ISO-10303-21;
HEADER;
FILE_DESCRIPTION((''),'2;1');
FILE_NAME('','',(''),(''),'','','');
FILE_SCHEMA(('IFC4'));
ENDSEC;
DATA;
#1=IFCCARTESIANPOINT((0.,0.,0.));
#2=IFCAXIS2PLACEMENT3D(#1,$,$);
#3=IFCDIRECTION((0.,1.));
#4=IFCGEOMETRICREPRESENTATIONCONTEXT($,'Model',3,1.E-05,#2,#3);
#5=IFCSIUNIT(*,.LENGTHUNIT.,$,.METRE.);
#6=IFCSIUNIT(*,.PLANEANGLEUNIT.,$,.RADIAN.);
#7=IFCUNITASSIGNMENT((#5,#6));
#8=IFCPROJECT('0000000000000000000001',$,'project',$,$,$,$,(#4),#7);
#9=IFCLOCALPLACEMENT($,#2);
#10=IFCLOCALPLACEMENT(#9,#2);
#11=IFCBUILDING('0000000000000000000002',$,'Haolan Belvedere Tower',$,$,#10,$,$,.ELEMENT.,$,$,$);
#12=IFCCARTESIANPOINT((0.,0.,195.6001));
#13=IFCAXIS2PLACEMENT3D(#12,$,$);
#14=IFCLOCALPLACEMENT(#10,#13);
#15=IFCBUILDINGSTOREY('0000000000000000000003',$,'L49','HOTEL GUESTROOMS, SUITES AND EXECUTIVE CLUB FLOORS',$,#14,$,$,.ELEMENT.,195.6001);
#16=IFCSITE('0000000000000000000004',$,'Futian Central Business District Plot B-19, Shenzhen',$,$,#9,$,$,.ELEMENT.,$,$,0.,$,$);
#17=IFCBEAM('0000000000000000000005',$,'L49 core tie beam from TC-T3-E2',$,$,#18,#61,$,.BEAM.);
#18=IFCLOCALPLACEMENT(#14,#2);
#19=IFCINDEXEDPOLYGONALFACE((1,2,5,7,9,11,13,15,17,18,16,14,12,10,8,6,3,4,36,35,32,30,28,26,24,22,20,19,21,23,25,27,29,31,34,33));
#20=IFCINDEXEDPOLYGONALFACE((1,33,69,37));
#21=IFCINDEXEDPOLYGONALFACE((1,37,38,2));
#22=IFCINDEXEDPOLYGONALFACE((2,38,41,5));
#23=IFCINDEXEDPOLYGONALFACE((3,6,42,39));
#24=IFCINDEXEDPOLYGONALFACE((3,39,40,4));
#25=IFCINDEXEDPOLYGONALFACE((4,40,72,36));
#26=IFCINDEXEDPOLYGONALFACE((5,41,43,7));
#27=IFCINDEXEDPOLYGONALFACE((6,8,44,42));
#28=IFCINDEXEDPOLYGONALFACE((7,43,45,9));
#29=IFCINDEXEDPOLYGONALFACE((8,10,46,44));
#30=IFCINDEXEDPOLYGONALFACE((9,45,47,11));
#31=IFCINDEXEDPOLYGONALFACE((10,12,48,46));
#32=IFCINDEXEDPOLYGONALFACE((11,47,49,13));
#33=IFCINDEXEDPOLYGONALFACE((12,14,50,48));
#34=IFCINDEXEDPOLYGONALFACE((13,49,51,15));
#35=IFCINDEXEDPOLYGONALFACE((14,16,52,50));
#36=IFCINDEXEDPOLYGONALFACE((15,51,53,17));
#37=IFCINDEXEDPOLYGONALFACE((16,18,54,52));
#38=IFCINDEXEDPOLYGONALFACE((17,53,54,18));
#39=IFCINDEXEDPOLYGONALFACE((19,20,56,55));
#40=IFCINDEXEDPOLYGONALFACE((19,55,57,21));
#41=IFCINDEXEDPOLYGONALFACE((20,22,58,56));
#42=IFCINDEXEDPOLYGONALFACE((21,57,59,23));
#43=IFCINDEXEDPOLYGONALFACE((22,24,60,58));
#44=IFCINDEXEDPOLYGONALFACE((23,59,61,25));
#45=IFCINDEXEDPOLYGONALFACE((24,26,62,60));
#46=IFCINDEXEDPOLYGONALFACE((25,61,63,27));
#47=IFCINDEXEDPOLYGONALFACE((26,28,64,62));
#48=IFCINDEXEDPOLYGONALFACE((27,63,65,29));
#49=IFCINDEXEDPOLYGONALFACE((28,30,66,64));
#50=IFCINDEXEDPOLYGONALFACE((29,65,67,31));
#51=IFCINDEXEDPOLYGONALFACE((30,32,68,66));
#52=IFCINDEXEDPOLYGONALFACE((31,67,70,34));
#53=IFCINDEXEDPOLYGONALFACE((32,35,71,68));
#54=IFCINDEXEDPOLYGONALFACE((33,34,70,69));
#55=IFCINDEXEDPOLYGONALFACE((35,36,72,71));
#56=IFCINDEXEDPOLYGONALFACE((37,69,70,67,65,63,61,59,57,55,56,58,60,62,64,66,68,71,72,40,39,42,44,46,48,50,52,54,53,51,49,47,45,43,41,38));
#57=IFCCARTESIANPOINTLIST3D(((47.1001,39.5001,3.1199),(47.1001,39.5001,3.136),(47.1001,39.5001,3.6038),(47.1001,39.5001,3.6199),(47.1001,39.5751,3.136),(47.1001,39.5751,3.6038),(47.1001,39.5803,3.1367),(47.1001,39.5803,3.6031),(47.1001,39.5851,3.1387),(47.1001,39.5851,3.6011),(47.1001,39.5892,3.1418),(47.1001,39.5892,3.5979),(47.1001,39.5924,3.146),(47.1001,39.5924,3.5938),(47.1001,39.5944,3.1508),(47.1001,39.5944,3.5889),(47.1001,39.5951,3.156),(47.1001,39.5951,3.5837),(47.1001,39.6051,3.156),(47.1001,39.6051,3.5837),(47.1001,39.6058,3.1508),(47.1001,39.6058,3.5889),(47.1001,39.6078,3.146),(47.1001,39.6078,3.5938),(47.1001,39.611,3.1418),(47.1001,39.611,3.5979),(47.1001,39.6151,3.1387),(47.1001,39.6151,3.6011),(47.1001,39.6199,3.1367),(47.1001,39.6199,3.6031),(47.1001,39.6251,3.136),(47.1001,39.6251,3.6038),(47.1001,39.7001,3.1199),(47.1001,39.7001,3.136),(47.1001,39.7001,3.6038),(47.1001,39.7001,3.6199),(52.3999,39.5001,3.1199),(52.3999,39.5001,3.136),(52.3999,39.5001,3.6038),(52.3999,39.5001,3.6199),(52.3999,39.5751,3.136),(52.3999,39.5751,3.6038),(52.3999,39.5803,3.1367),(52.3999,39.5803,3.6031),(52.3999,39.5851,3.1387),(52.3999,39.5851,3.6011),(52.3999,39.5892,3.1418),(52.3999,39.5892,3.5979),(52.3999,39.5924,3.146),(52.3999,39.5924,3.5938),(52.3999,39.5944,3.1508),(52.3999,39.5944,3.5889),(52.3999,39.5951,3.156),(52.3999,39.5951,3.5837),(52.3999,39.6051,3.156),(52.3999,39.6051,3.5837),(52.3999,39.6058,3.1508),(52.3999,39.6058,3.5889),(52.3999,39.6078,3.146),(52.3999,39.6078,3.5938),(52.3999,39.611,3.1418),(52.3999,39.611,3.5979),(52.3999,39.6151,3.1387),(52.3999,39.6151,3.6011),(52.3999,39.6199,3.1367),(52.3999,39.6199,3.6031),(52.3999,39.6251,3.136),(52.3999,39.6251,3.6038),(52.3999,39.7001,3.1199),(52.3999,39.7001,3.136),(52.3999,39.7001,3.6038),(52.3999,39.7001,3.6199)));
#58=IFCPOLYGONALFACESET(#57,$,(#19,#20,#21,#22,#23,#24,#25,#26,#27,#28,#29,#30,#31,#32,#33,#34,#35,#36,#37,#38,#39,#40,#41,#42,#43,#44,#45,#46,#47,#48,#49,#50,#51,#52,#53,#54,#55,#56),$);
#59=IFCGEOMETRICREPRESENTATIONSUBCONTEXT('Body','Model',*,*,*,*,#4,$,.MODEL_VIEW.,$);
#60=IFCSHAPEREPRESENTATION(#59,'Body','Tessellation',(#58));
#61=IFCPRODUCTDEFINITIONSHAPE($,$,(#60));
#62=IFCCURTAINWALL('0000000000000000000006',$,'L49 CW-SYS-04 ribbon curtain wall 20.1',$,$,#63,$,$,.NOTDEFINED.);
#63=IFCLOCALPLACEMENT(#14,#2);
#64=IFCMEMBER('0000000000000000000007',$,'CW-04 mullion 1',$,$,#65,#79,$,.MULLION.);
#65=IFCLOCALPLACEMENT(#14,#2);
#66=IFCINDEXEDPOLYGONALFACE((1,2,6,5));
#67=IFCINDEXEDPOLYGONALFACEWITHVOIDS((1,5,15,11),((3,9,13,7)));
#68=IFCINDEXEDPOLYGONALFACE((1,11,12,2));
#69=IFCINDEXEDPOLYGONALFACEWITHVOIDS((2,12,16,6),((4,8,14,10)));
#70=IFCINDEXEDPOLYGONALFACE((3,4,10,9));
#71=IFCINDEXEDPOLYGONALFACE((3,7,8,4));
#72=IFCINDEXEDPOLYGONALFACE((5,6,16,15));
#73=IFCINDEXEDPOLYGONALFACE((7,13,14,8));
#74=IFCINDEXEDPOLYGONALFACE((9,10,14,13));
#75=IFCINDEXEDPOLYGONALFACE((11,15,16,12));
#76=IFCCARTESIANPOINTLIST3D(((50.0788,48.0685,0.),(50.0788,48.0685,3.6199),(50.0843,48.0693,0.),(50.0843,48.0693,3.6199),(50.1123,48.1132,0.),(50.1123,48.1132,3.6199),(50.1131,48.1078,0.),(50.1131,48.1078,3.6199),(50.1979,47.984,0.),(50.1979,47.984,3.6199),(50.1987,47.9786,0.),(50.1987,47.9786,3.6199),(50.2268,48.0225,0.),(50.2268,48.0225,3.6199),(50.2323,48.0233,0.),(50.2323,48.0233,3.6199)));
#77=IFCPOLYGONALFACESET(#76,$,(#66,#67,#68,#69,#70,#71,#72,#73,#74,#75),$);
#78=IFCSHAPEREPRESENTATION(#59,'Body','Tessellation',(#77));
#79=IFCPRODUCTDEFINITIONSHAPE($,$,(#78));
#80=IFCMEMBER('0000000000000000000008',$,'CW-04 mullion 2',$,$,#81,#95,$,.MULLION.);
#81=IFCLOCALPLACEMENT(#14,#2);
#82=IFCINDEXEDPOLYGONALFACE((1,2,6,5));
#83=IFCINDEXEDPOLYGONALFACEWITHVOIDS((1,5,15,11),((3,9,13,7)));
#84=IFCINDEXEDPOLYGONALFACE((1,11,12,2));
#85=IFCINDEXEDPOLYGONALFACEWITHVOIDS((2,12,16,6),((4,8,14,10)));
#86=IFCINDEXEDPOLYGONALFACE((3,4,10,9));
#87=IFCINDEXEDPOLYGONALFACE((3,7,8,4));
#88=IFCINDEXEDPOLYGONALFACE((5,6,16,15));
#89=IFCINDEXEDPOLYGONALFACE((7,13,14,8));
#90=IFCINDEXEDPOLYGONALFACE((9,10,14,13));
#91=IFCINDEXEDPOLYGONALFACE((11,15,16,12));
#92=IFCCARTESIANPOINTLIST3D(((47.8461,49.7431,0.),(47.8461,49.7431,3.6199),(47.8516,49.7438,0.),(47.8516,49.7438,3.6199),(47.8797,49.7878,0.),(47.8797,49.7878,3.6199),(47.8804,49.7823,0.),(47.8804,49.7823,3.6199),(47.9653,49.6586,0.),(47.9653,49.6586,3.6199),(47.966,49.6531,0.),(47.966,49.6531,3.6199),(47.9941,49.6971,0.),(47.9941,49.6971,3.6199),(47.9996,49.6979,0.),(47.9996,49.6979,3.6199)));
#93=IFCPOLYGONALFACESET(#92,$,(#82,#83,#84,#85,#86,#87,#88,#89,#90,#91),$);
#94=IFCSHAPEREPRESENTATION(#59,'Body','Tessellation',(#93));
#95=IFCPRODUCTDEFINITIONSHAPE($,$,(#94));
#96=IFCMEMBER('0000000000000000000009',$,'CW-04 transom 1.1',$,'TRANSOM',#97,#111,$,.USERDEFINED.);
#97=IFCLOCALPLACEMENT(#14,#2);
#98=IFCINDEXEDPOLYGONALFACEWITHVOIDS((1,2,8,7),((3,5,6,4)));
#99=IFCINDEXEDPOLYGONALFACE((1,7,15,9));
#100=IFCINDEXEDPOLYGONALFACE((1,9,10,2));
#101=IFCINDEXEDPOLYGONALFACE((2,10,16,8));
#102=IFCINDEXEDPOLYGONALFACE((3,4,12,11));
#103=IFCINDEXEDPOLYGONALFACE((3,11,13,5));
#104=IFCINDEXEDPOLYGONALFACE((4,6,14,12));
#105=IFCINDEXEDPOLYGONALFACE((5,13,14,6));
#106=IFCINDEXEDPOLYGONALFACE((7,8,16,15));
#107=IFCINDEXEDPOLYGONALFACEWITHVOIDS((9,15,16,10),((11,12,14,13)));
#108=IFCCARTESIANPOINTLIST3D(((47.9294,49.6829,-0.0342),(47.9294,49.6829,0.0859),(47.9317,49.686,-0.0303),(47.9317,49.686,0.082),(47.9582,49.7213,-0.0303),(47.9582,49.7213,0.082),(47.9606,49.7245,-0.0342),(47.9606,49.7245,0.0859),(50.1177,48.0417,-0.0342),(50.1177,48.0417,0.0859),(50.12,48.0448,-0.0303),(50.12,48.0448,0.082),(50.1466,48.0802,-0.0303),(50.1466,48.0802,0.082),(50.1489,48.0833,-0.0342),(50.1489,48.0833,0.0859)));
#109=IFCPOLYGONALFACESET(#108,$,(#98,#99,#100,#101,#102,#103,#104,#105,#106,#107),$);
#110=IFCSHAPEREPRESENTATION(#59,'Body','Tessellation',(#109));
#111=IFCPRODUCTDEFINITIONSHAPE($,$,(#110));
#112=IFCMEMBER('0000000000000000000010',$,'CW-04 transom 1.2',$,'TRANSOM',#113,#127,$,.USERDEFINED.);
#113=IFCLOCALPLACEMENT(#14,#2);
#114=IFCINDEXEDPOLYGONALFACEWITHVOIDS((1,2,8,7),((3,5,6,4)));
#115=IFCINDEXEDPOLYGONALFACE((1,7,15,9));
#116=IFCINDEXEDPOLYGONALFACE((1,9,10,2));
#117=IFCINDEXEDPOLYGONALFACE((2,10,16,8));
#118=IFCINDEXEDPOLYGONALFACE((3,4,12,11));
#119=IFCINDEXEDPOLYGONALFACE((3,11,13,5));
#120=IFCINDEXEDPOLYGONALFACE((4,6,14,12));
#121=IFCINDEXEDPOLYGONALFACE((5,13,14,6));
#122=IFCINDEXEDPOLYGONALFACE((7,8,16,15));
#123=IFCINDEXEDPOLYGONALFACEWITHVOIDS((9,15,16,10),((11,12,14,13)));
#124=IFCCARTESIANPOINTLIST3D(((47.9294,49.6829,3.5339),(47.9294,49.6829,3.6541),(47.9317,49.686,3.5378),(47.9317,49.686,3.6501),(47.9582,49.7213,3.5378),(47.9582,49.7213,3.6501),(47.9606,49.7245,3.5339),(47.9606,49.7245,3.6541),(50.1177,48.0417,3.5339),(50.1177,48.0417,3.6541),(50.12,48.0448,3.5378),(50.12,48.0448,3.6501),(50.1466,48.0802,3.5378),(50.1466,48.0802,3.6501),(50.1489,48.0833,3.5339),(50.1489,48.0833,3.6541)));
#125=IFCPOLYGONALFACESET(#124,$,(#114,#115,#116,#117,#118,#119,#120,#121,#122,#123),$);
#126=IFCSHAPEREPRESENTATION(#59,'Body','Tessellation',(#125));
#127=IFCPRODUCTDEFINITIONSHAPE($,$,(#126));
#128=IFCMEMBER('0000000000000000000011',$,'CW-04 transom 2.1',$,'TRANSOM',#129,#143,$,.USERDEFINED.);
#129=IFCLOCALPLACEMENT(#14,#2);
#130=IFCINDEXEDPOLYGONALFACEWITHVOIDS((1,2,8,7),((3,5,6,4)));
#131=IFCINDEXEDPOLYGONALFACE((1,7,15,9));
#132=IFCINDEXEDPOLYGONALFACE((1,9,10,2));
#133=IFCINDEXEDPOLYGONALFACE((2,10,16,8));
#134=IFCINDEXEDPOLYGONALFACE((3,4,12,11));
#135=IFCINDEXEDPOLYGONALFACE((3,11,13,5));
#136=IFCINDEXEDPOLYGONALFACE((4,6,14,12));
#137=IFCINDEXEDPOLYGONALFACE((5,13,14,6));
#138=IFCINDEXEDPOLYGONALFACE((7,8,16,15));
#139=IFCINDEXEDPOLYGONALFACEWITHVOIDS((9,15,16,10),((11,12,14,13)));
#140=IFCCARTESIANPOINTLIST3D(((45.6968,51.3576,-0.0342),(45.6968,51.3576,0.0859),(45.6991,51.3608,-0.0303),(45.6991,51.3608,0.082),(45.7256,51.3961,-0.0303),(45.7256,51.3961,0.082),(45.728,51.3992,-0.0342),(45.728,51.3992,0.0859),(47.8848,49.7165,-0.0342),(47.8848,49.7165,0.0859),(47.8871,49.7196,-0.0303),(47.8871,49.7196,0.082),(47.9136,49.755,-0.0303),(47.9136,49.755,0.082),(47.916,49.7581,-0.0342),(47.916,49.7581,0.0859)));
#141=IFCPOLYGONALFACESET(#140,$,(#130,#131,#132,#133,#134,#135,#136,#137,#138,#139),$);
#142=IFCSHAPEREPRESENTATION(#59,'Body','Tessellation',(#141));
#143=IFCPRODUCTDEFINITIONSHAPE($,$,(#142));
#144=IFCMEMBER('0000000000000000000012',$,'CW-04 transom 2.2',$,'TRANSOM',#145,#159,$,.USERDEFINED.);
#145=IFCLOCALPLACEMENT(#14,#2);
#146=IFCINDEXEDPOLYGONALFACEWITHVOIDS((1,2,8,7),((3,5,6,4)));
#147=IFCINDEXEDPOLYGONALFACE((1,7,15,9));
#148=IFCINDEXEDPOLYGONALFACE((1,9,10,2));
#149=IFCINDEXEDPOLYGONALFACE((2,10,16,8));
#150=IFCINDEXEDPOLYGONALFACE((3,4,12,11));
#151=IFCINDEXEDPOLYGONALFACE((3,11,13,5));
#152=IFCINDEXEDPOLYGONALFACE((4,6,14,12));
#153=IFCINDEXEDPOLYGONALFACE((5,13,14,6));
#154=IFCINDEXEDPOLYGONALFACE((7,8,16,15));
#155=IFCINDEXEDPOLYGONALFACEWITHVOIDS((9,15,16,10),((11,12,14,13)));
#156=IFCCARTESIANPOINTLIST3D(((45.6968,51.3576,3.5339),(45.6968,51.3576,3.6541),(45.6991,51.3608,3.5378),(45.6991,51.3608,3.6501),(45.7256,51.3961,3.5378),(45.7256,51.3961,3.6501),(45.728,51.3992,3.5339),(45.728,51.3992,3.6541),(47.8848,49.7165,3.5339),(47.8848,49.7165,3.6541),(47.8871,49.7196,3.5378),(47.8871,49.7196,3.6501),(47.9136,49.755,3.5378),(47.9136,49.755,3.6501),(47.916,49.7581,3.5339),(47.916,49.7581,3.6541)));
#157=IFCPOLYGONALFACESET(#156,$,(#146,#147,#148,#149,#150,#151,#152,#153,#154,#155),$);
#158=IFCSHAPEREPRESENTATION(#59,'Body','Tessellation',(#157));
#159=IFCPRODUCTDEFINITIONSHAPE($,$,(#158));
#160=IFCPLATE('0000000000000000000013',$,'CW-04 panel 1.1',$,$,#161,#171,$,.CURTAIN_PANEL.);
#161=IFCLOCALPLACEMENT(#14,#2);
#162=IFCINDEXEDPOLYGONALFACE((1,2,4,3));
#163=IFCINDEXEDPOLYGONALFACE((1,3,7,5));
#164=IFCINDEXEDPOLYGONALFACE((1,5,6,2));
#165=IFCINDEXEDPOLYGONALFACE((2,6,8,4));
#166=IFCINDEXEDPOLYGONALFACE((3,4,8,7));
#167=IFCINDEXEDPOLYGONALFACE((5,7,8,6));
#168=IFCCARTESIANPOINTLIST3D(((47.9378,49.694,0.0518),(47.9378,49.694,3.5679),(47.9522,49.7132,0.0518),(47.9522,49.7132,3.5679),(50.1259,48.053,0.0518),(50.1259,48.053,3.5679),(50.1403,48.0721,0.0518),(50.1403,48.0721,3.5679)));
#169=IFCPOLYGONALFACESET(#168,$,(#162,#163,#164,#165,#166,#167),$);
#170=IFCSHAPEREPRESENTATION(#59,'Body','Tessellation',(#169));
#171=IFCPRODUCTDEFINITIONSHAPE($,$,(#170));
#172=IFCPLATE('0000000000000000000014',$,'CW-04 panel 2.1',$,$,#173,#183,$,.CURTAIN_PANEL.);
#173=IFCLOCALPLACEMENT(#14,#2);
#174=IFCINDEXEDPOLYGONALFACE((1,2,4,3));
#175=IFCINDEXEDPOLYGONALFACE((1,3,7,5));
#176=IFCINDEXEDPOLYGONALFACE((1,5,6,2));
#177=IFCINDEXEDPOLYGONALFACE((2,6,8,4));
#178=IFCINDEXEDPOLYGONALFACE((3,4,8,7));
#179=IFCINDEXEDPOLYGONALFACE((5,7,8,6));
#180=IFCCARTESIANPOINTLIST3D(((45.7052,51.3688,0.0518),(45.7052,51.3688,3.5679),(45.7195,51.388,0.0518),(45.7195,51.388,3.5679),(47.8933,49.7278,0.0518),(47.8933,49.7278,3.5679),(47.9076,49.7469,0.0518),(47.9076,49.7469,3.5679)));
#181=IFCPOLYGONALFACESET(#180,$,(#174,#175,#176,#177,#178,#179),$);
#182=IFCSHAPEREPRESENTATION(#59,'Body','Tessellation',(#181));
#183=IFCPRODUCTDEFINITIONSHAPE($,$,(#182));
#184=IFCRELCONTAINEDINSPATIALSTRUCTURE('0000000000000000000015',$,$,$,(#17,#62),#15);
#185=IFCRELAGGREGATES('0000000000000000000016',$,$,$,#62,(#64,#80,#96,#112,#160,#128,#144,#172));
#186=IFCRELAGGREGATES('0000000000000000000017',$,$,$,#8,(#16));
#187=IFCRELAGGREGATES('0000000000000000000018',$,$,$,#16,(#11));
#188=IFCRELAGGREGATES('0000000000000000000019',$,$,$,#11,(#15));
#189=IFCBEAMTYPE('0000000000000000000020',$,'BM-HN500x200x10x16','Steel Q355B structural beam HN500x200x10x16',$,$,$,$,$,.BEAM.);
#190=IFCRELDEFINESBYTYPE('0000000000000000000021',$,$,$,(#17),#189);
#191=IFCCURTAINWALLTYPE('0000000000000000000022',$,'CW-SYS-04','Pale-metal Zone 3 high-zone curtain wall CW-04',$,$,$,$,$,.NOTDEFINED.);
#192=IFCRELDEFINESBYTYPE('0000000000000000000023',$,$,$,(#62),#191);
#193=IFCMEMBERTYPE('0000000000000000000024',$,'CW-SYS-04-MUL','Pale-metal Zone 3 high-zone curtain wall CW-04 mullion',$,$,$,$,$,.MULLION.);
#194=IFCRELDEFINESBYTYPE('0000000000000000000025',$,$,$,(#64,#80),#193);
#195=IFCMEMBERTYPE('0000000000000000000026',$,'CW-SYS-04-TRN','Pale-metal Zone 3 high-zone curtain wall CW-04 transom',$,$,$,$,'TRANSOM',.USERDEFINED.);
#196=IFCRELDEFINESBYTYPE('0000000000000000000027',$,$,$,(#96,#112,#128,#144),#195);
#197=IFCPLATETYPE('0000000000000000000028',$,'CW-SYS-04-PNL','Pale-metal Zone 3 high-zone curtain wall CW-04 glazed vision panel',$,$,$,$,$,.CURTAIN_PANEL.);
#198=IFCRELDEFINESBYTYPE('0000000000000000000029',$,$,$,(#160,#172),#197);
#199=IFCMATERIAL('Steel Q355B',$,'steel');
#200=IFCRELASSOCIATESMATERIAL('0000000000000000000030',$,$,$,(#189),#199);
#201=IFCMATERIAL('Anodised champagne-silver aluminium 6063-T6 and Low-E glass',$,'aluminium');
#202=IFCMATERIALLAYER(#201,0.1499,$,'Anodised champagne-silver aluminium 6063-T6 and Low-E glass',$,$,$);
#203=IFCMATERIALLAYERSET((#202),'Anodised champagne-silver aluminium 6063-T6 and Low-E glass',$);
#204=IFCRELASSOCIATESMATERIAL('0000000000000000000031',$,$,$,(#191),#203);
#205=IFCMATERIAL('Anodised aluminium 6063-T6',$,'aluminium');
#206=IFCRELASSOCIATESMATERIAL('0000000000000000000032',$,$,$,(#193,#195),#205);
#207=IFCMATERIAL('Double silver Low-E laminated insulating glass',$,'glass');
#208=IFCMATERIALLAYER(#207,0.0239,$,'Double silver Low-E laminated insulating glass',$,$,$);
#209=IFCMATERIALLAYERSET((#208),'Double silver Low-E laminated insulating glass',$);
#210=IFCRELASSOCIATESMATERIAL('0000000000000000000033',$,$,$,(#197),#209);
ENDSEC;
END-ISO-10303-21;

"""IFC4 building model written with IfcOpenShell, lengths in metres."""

from ifc_helpers import new_model, si_unit, direction, frame, origin, origin_2d, place, context, subcontext, project, spatial, rectangle, hollow_rectangle, i_section, extrude, material, layer, layer_set, material_profile, profile_set, type_object, element, aggregate, save


model = new_model("IFC4")

# Units and contexts
model_context = context("Model", 3, precision=1e-05, world=origin(), true_north=direction((0.0, 1.0)))
body_context = subcontext(model_context, "Body", "Model", "MODEL_VIEW")
ifc_project = project(units=[si_unit("LENGTHUNIT", "METRE"), si_unit("PLANEANGLEUNIT", "RADIAN")], contexts=[model_context])

# Site, building, storey
site_placement = place(None, origin())
site = spatial("IfcSite", under=ifc_project, at=site_placement, Name="Futian Central Business District Plot B-19, Shenzhen", CompositionType="ELEMENT", RefElevation=0.0)
building_placement = place(site_placement, origin())
building = spatial("IfcBuilding", under=site, at=building_placement, Name="Haolan Belvedere Tower", CompositionType="ELEMENT")
storey_placement = place(building_placement, frame((0.0, 0.0, 195.6001)))
storey = spatial("IfcBuildingStorey", under=building, at=storey_placement, Name="L49", Description="HOTEL GUESTROOMS, SUITES AND EXECUTIVE CLUB FLOORS", CompositionType="ELEMENT", Elevation=195.6001)

# Beam
ifc_material_1 = material(Name="Steel Q355B", Category="steel")
ifc_material_profile_1 = material_profile(ifc_material_1, i_section(OverallWidth=0.2, OverallDepth=0.5, WebThickness=0.01, FlangeThickness=0.0161, FilletRadius=0.02, at=origin_2d()), Name="Steel Q355B")
ifc_profile_set_1 = profile_set([ifc_material_profile_1], Name="Steel Q355B")
beam_type = type_object("IfcBeamType", Name="BM-HN500x200x10x16", Description="Steel Q355B structural beam HN500x200x10x16", PredefinedType="BEAM", material=ifc_profile_set_1)
beam_placement = place(storey_placement, frame((52.3999, 39.6001, 3.3699), z_axis=(-1.0, 0.0, 0.0), x_axis=(0.0, -1.0, 0.0)))
element("IfcBeam", 1, at=beam_placement, inside=storey, type_object=beam_type, Name="L49 core tie beam from TC-T3-E2", PredefinedType="BEAM", context=body_context, shape_type="SweptSolid", body=[
    extrude(i_section(OverallWidth=0.2, OverallDepth=0.5, WebThickness=0.01, FlangeThickness=0.0161, FilletRadius=0.02, at=origin_2d()), origin(), (0.0, 0.0, 1.0), 5.2998),
])

# Curtain wall, members, plates
ifc_material_2 = material(Name="Anodised champagne-silver aluminium 6063-T6 and Low-E glass", Category="aluminium")
ifc_layer_1 = layer(ifc_material_2, 0.1499, Name="Anodised champagne-silver aluminium 6063-T6 and Low-E glass")
ifc_layer_set_1 = layer_set([ifc_layer_1], Name="Anodised champagne-silver aluminium 6063-T6 and Low-E glass")
curtain_wall_type = type_object("IfcCurtainWallType", Name="CW-SYS-04", Description="Pale-metal Zone 3 high-zone curtain wall CW-04", PredefinedType="NOTDEFINED", material=ifc_layer_set_1)
curtain_wall_placement = place(storey_placement, origin())
curtain_wall = element("IfcCurtainWall", 2, at=curtain_wall_placement, inside=storey, type_object=curtain_wall_type, Name="L49 CW-SYS-04 ribbon curtain wall 20.1", PredefinedType="NOTDEFINED")
ifc_material_3 = material(Name="Anodised aluminium 6063-T6", Category="aluminium")
ifc_material_profile_2 = material_profile(ifc_material_3, hollow_rectangle(XDim=0.0559, YDim=0.1499, WallThickness=0.0039, at=origin_2d()), Name="Anodised aluminium 6063-T6")
ifc_profile_set_2 = profile_set([ifc_material_profile_2], Name="Anodised aluminium 6063-T6")
member_type_1 = type_object("IfcMemberType", Name="CW-SYS-04-MUL", Description="Pale-metal Zone 3 high-zone curtain wall CW-04 mullion", PredefinedType="MULLION", material=ifc_profile_set_2)
member_1_placement = place(storey_placement, frame((50.1555, 48.0459, 0.0), z_axis=(0.0, 0.0, 1.0), x_axis=(-0.600003, -0.799998, 0.0)))
member_1 = element("IfcMember", 3, at=member_1_placement, type_object=member_type_1, Name="CW-04 mullion 1", PredefinedType="MULLION", context=body_context, shape_type="SweptSolid", body=[
    extrude(hollow_rectangle(XDim=0.0559, YDim=0.1499, WallThickness=0.0039, at=origin_2d()), origin(), (0.0, 0.0, 1.0), 3.6199),
])
member_2_placement = place(storey_placement, frame((47.9229, 49.7205, 0.0), z_axis=(0.0, 0.0, 1.0), x_axis=(-0.600003, -0.799998, 0.0)))
member_2 = element("IfcMember", 4, at=member_2_placement, type_object=member_type_1, Name="CW-04 mullion 2", PredefinedType="MULLION", context=body_context, shape_type="SweptSolid", body=[
    extrude(hollow_rectangle(XDim=0.0559, YDim=0.1499, WallThickness=0.0039, at=origin_2d()), origin(), (0.0, 0.0, 1.0), 3.6199),
])
ifc_material_profile_3 = material_profile(ifc_material_3, hollow_rectangle(XDim=0.052, YDim=0.1201, WallThickness=0.0039, at=origin_2d()), Name="Anodised aluminium 6063-T6")
ifc_profile_set_3 = profile_set([ifc_material_profile_3], Name="Anodised aluminium 6063-T6")
member_type_2 = type_object("IfcMemberType", Name="CW-SYS-04-TRN", Description="Pale-metal Zone 3 high-zone curtain wall CW-04 transom", ElementType="TRANSOM", PredefinedType="USERDEFINED", material=ifc_profile_set_3)
member_3_placement = place(storey_placement, frame((50.1333, 48.0625, 0.0259), z_axis=(-0.800011, 0.599986, 0.0), x_axis=(-0.599986, -0.800011, 0.0)))
member_3 = element("IfcMember", 5, at=member_3_placement, type_object=member_type_2, Name="CW-04 transom 1.1", ObjectType="TRANSOM", PredefinedType="USERDEFINED", context=body_context, shape_type="SweptSolid", body=[
    extrude(hollow_rectangle(XDim=0.052, YDim=0.1201, WallThickness=0.0039, at=origin_2d()), origin(), (0.0, 0.0, 1.0), 2.7354),
])
member_4_placement = place(storey_placement, frame((50.1333, 48.0625, 3.594), z_axis=(-0.800011, 0.599986, 0.0), x_axis=(-0.599986, -0.800011, 0.0)))
member_4 = element("IfcMember", 6, at=member_4_placement, type_object=member_type_2, Name="CW-04 transom 1.2", ObjectType="TRANSOM", PredefinedType="USERDEFINED", context=body_context, shape_type="SweptSolid", body=[
    extrude(hollow_rectangle(XDim=0.052, YDim=0.1201, WallThickness=0.0039, at=origin_2d()), origin(), (0.0, 0.0, 1.0), 2.7354),
])
member_5_placement = place(storey_placement, frame((47.9004, 49.7373, 0.0259), z_axis=(-0.799979, 0.600029, 0.0), x_axis=(-0.600029, -0.799979, 0.0)))
member_5 = element("IfcMember", 7, at=member_5_placement, type_object=member_type_2, Name="CW-04 transom 2.1", ObjectType="TRANSOM", PredefinedType="USERDEFINED", context=body_context, shape_type="SweptSolid", body=[
    extrude(hollow_rectangle(XDim=0.052, YDim=0.1201, WallThickness=0.0039, at=origin_2d()), origin(), (0.0, 0.0, 1.0), 2.7351),
])
member_6_placement = place(storey_placement, frame((47.9004, 49.7373, 3.594), z_axis=(-0.799979, 0.600029, 0.0), x_axis=(-0.600029, -0.799979, 0.0)))
member_6 = element("IfcMember", 8, at=member_6_placement, type_object=member_type_2, Name="CW-04 transom 2.2", ObjectType="TRANSOM", PredefinedType="USERDEFINED", context=body_context, shape_type="SweptSolid", body=[
    extrude(hollow_rectangle(XDim=0.052, YDim=0.1201, WallThickness=0.0039, at=origin_2d()), origin(), (0.0, 0.0, 1.0), 2.7351),
])
ifc_material_4 = material(Name="Double silver Low-E laminated insulating glass", Category="glass")
ifc_layer_2 = layer(ifc_material_4, 0.0239, Name="Double silver Low-E laminated insulating glass")
ifc_layer_set_2 = layer_set([ifc_layer_2], Name="Double silver Low-E laminated insulating glass")
plate_type = type_object("IfcPlateType", Name="CW-SYS-04-PNL", Description="Pale-metal Zone 3 high-zone curtain wall CW-04 glazed vision panel", PredefinedType="CURTAIN_PANEL", material=ifc_layer_set_2)
plate_1_placement = place(storey_placement, frame((49.0391, 48.8831, 0.0518), z_axis=(0.0, 0.0, 1.0), x_axis=(-0.799998, 0.600003, 0.0)))
plate_1 = element("IfcPlate", 9, at=plate_1_placement, type_object=plate_type, Name="CW-04 panel 1.1", PredefinedType="CURTAIN_PANEL", context=body_context, shape_type="SweptSolid", body=[
    extrude(rectangle(XDim=2.7351, YDim=0.0239, at=origin_2d()), origin(), (0.0, 0.0, 1.0), 3.5161),
])
plate_2_placement = place(storey_placement, frame((46.8064, 50.5579, 0.0518), z_axis=(0.0, 0.0, 1.0), x_axis=(-0.799998, 0.600003, 0.0)))
plate_2 = element("IfcPlate", 10, at=plate_2_placement, type_object=plate_type, Name="CW-04 panel 2.1", PredefinedType="CURTAIN_PANEL", context=body_context, shape_type="SweptSolid", body=[
    extrude(rectangle(XDim=2.7351, YDim=0.0239, at=origin_2d()), origin(), (0.0, 0.0, 1.0), 3.5161),
])
aggregate(curtain_wall, [member_1, member_2, member_3, member_4, plate_1, member_5, member_6, plate_2])

save(model, "model.ifc")
